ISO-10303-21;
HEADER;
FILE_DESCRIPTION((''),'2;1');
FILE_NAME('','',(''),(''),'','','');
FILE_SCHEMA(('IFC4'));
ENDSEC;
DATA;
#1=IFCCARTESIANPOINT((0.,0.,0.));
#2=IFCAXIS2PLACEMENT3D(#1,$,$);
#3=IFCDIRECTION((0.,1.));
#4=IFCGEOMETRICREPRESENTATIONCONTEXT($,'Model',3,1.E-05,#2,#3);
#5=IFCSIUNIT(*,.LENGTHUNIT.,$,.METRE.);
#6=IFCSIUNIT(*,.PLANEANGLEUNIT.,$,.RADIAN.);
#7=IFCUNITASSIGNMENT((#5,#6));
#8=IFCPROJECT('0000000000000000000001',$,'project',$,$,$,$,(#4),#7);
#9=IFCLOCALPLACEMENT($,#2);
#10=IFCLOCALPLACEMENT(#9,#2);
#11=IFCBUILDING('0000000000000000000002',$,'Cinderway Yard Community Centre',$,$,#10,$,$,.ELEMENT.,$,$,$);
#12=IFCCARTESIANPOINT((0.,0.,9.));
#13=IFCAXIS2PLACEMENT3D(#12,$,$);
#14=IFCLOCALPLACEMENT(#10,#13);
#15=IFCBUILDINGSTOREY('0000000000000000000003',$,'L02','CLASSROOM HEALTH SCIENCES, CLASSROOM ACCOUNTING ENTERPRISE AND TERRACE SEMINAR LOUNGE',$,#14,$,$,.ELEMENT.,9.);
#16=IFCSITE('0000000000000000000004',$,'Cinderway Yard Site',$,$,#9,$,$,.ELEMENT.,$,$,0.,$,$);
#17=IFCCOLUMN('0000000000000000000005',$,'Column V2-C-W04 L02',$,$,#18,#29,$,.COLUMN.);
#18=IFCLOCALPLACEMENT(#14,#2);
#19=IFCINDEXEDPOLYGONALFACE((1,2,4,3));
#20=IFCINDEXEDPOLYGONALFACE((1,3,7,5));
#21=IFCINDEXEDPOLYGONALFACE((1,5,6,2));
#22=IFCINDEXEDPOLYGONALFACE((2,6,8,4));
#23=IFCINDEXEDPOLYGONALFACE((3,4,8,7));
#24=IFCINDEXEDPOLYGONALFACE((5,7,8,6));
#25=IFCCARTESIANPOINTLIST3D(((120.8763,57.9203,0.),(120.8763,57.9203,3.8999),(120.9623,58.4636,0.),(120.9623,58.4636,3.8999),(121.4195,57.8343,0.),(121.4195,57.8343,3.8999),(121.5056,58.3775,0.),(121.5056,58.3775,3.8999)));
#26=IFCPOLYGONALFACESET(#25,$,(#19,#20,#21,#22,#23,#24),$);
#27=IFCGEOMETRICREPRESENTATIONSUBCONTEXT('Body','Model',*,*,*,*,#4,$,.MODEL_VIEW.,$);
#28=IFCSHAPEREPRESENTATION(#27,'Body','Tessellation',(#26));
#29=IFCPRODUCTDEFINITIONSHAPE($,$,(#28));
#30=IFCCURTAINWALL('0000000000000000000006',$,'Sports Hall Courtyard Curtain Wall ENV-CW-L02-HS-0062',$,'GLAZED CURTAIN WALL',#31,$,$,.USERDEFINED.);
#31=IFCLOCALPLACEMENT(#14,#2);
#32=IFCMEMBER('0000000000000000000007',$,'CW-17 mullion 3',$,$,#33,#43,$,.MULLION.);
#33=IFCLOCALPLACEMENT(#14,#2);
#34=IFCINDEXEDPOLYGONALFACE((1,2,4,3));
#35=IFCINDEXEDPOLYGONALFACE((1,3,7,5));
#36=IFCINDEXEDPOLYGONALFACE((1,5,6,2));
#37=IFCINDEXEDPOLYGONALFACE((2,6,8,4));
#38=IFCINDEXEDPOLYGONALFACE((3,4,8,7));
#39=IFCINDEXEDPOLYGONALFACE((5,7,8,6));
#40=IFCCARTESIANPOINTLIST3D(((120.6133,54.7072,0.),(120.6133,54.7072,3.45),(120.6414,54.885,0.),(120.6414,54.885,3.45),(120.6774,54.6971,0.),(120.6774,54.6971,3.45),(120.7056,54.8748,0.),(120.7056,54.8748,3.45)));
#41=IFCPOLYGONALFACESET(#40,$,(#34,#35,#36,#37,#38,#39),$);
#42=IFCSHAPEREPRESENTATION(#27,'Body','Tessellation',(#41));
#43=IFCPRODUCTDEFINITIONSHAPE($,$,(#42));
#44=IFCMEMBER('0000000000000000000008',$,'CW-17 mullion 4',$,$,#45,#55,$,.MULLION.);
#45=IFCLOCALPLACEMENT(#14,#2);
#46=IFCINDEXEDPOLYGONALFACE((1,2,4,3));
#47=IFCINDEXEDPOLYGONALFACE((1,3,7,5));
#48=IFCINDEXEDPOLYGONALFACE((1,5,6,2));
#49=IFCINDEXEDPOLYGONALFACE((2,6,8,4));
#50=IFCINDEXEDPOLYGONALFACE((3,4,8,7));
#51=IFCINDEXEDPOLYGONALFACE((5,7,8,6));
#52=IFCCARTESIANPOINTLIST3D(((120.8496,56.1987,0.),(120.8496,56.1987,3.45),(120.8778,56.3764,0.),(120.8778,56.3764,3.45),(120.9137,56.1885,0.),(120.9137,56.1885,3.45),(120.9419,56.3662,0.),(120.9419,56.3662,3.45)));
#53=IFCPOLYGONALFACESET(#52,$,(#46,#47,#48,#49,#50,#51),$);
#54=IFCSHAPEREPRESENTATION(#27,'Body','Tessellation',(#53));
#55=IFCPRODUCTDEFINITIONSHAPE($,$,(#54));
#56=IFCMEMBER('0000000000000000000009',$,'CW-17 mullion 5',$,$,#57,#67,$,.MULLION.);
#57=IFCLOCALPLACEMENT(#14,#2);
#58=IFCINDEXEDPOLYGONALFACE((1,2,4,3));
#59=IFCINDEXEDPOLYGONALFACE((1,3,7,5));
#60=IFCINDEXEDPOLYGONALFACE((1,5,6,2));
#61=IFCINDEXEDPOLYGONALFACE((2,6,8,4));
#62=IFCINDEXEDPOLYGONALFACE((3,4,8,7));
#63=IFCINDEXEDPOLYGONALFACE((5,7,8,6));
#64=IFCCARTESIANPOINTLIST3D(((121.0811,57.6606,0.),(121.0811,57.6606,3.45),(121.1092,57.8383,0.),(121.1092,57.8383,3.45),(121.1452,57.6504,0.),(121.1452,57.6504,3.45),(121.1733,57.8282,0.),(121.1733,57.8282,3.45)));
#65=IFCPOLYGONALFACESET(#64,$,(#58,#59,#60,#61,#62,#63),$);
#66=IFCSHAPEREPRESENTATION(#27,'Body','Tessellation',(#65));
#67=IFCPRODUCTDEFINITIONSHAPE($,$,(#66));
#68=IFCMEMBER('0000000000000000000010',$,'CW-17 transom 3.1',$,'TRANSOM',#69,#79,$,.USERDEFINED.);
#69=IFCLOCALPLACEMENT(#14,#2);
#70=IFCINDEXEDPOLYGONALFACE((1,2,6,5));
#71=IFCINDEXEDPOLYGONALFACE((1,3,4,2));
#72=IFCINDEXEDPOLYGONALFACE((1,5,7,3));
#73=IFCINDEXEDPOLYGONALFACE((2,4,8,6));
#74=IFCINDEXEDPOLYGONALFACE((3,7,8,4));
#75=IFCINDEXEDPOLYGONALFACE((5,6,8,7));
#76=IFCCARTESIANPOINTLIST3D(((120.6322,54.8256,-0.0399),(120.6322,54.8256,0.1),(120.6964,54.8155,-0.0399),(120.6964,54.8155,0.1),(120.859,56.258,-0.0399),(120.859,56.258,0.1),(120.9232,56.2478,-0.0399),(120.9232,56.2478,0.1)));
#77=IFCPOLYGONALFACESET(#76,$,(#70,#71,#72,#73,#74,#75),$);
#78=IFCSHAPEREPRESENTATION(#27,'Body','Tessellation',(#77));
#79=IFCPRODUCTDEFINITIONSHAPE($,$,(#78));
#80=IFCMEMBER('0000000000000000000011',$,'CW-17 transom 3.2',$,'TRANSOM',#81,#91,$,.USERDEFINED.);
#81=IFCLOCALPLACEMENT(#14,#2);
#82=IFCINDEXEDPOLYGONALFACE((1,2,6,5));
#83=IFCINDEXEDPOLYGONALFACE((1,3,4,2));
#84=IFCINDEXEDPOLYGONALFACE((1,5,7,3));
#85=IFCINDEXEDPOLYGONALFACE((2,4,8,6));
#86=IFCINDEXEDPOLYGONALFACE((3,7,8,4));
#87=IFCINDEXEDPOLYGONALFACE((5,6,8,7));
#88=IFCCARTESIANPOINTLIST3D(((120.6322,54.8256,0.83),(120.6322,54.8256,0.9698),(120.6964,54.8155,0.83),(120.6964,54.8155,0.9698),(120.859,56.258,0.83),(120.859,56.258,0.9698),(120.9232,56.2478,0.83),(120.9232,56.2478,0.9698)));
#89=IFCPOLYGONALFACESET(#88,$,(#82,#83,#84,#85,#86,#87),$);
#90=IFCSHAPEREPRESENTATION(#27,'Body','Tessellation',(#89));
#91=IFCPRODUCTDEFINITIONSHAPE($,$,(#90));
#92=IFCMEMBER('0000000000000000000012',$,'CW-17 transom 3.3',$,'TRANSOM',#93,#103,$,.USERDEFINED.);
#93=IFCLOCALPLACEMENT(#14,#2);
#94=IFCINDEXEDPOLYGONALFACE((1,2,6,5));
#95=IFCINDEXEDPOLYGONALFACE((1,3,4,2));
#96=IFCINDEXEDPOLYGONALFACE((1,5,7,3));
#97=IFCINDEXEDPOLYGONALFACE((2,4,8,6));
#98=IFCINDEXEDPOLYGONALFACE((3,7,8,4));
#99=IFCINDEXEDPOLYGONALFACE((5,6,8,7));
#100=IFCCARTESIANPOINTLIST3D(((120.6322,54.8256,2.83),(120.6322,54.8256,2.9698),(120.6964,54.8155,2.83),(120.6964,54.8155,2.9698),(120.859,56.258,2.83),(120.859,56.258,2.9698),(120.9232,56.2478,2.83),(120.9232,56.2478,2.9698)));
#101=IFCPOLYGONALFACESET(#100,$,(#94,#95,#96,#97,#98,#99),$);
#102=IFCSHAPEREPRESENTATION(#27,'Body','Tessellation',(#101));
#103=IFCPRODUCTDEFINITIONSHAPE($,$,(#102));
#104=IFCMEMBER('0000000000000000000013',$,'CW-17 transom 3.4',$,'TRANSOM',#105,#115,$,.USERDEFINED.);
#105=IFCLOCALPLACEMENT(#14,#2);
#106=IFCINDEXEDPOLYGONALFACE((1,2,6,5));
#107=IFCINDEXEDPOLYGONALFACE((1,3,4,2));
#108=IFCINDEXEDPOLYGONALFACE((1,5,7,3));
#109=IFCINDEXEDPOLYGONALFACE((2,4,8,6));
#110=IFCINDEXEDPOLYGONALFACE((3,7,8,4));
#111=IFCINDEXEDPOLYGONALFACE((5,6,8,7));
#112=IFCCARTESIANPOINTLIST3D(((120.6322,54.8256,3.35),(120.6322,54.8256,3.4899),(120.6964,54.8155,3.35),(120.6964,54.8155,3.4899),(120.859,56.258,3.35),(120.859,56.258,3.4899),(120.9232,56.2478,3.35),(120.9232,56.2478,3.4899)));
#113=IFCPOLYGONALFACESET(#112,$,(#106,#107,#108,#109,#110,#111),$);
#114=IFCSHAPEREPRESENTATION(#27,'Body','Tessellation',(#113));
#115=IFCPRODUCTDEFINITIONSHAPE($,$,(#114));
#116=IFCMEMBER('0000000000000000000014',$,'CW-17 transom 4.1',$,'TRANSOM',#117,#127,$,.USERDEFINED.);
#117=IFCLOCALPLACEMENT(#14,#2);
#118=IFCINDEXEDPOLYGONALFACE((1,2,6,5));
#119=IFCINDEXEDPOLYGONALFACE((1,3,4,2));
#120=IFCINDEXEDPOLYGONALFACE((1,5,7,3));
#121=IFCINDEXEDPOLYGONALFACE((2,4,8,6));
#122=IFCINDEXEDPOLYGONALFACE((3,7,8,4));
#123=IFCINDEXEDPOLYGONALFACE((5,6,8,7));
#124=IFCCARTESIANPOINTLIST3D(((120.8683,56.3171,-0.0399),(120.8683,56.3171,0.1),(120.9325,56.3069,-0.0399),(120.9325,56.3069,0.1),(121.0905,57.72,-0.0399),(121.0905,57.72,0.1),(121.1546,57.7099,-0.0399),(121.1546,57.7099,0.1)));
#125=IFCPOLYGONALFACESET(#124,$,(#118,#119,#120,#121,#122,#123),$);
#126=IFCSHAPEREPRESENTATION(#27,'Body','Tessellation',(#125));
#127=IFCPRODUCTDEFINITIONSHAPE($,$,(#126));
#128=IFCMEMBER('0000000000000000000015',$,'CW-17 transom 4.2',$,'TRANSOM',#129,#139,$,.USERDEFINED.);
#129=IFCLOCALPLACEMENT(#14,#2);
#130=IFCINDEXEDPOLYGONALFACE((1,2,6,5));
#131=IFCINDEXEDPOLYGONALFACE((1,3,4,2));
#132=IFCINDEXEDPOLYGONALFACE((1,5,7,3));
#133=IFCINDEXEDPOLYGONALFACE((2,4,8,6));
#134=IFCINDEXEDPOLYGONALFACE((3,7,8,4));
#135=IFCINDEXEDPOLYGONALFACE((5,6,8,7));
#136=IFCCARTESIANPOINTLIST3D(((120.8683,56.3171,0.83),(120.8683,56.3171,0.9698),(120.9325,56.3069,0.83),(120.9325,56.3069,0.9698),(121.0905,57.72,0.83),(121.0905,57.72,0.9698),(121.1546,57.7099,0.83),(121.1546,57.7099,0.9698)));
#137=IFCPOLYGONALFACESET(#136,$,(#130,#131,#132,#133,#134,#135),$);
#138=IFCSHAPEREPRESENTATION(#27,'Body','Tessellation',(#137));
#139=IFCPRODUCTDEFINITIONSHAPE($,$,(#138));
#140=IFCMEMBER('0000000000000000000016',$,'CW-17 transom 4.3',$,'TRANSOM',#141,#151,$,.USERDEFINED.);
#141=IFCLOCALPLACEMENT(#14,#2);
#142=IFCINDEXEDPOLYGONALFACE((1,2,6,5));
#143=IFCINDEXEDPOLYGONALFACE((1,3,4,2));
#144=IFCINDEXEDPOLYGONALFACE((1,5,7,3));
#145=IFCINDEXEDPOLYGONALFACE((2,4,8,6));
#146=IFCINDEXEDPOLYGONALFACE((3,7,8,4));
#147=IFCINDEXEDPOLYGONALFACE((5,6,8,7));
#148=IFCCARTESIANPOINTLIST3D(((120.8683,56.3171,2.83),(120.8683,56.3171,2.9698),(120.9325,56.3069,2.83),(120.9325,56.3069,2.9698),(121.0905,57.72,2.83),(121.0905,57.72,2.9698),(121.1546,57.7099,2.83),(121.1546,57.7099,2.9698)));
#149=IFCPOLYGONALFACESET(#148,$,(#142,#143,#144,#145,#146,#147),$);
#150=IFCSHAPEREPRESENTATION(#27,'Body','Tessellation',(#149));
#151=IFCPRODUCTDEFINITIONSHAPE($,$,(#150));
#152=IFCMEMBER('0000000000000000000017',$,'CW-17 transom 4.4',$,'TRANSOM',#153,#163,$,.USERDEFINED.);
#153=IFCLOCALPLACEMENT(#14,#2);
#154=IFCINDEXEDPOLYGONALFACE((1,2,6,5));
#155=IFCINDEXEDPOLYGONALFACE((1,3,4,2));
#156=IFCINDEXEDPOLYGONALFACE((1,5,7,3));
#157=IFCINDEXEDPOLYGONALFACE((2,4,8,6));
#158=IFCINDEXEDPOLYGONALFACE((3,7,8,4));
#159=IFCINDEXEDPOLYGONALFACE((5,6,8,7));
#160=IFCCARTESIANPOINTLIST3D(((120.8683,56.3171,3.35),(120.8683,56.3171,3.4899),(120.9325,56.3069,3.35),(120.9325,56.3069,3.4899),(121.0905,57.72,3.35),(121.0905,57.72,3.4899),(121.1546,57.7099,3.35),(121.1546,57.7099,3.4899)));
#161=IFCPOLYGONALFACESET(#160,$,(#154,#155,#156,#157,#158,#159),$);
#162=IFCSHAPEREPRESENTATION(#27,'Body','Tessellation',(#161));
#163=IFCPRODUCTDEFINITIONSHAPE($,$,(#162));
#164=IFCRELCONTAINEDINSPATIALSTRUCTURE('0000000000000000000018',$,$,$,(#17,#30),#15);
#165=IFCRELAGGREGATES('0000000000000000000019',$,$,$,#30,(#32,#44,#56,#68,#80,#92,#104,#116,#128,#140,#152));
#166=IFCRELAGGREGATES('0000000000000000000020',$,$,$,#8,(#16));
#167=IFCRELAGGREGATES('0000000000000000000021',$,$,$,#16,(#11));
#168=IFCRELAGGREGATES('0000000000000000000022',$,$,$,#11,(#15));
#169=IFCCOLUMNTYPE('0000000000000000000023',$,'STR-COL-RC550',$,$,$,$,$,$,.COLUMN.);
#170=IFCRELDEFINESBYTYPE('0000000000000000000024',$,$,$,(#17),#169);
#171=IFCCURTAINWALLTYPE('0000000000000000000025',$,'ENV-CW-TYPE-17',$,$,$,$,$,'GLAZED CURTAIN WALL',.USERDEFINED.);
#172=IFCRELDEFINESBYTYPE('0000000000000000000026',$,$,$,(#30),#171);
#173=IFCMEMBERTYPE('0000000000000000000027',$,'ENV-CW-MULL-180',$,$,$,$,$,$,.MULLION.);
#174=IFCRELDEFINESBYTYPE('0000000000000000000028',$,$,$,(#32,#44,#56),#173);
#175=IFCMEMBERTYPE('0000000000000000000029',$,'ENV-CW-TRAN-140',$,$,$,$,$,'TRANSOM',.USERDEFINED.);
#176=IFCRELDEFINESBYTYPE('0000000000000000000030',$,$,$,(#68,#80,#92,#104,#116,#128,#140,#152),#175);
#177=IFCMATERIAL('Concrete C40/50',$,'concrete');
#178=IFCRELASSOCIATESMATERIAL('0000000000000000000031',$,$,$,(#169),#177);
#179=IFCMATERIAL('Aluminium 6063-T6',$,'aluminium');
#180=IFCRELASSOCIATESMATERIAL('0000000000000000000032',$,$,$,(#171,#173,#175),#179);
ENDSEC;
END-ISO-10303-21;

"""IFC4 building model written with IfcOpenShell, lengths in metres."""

from ifc_helpers import new_model, si_unit, direction, frame, origin, origin_2d, place, context, subcontext, project, spatial, rectangle, extrude, material, material_profile, profile_set, type_object, element, aggregate, save


model = new_model("IFC4")

# Units and contexts
model_context = context("Model", 3, precision=1e-05, world=origin(), true_north=direction((0.0, 1.0)))
body_context = subcontext(model_context, "Body", "Model", "MODEL_VIEW")
ifc_project = project(units=[si_unit("LENGTHUNIT", "METRE"), si_unit("PLANEANGLEUNIT", "RADIAN")], contexts=[model_context])

# Site, building, storey
site_placement = place(None, origin())
site = spatial("IfcSite", under=ifc_project, at=site_placement, Name="Cinderway Yard Site", CompositionType="ELEMENT", RefElevation=0.0)
building_placement = place(site_placement, origin())
building = spatial("IfcBuilding", under=site, at=building_placement, Name="Cinderway Yard Community Centre", CompositionType="ELEMENT")
storey_placement = place(building_placement, frame((0.0, 0.0, 9.0)))
storey = spatial("IfcBuildingStorey", under=building, at=storey_placement, Name="L02", Description="CLASSROOM HEALTH SCIENCES, CLASSROOM ACCOUNTING ENTERPRISE AND TERRACE SEMINAR LOUNGE", CompositionType="ELEMENT", Elevation=9.0)

# Column
ifc_material_1 = material(Name="Concrete C40/50", Category="concrete")
ifc_material_profile_1 = material_profile(ifc_material_1, rectangle(XDim=0.55, YDim=0.55, at=origin_2d()), Name="Concrete C40/50")
ifc_profile_set_1 = profile_set([ifc_material_profile_1], Name="Concrete C40/50")
column_type = type_object("IfcColumnType", Name="STR-COL-RC550", PredefinedType="COLUMN", material=ifc_profile_set_1)
column_placement = place(storey_placement, frame((121.1909, 58.1489, 0.0), z_axis=(0.0, 0.0, 1.0), x_axis=(0.987688, -0.156434, 0.0)))
element("IfcColumn", 1, at=column_placement, inside=storey, type_object=column_type, Name="Column V2-C-W04 L02", PredefinedType="COLUMN", context=body_context, shape_type="SweptSolid", body=[
    extrude(rectangle(XDim=0.55, YDim=0.55, at=origin_2d()), origin(), (0.0, 0.0, 1.0), 3.8999),
])

# Curtain wall, members
ifc_material_2 = material(Name="Aluminium 6063-T6", Category="aluminium")
curtain_wall_type = type_object("IfcCurtainWallType", Name="ENV-CW-TYPE-17", ElementType="GLAZED CURTAIN WALL", PredefinedType="USERDEFINED", material=ifc_material_2)
curtain_wall_placement = place(storey_placement, origin())
curtain_wall = element("IfcCurtainWall", 2, at=curtain_wall_placement, inside=storey, type_object=curtain_wall_type, Name="Sports Hall Courtyard Curtain Wall ENV-CW-L02-HS-0062", ObjectType="GLAZED CURTAIN WALL", PredefinedType="USERDEFINED")
ifc_material_profile_2 = material_profile(ifc_material_2, rectangle(XDim=0.0649, YDim=0.1799, at=origin_2d()), Name="Aluminium 6063-T6")
ifc_profile_set_2 = profile_set([ifc_material_profile_2], Name="Aluminium 6063-T6")
member_type_1 = type_object("IfcMemberType", Name="ENV-CW-MULL-180", PredefinedType="MULLION", material=ifc_profile_set_2)
member_1_placement = place(storey_placement, frame((120.6594, 54.791, 0.0), z_axis=(0.0, 0.0, 1.0), x_axis=(-0.987686, 0.156447, 0.0)))
member_1 = element("IfcMember", 3, at=member_1_placement, type_object=member_type_1, Name="CW-17 mullion 3", PredefinedType="MULLION", context=body_context, shape_type="SweptSolid", body=[
    extrude(rectangle(XDim=0.0649, YDim=0.1799, at=origin_2d()), origin(), (0.0, 0.0, 1.0), 3.45),
])
member_2_placement = place(storey_placement, frame((120.8958, 56.2825, 0.0), z_axis=(0.0, 0.0, 1.0), x_axis=(-0.987686, 0.156447, 0.0)))
member_2 = element("IfcMember", 4, at=member_2_placement, type_object=member_type_1, Name="CW-17 mullion 4", PredefinedType="MULLION", context=body_context, shape_type="SweptSolid", body=[
    extrude(rectangle(XDim=0.0649, YDim=0.1799, at=origin_2d()), origin(), (0.0, 0.0, 1.0), 3.45),
])
member_3_placement = place(storey_placement, frame((121.1272, 57.7444, 0.0), z_axis=(0.0, 0.0, 1.0), x_axis=(-0.987686, 0.156447, 0.0)))
member_3 = element("IfcMember", 5, at=member_3_placement, type_object=member_type_1, Name="CW-17 mullion 5", PredefinedType="MULLION", context=body_context, shape_type="SweptSolid", body=[
    extrude(rectangle(XDim=0.0649, YDim=0.1799, at=origin_2d()), origin(), (0.0, 0.0, 1.0), 3.45),
])
ifc_material_profile_3 = material_profile(ifc_material_2, rectangle(XDim=0.0649, YDim=0.1399, at=origin_2d()), Name="Aluminium 6063-T6")
ifc_profile_set_3 = profile_set([ifc_material_profile_3], Name="Aluminium 6063-T6")
member_type_2 = type_object("IfcMemberType", Name="ENV-CW-TRAN-140", ElementType="TRANSOM", PredefinedType="USERDEFINED", material=ifc_profile_set_3)
member_4_placement = place(storey_placement, frame((120.6643, 54.8206, 0.03), z_axis=(0.156395, 0.987695, 0.0), x_axis=(-0.987695, 0.156395, 0.0)))
member_4 = element("IfcMember", 6, at=member_4_placement, type_object=member_type_2, Name="CW-17 transom 3.1", ObjectType="TRANSOM", PredefinedType="USERDEFINED", context=body_context, shape_type="SweptSolid", body=[
    extrude(rectangle(XDim=0.0649, YDim=0.1399, at=origin_2d()), origin(), (0.0, 0.0, 1.0), 1.4502),
])
member_5_placement = place(storey_placement, frame((120.6643, 54.8206, 0.8999), z_axis=(0.156395, 0.987695, 0.0), x_axis=(-0.987695, 0.156395, 0.0)))
member_5 = element("IfcMember", 7, at=member_5_placement, type_object=member_type_2, Name="CW-17 transom 3.2", ObjectType="TRANSOM", PredefinedType="USERDEFINED", context=body_context, shape_type="SweptSolid", body=[
    extrude(rectangle(XDim=0.0649, YDim=0.1399, at=origin_2d()), origin(), (0.0, 0.0, 1.0), 1.4502),
])
member_6_placement = place(storey_placement, frame((120.6643, 54.8206, 2.8999), z_axis=(0.156395, 0.987695, 0.0), x_axis=(-0.987695, 0.156395, 0.0)))
member_6 = element("IfcMember", 8, at=member_6_placement, type_object=member_type_2, Name="CW-17 transom 3.3", ObjectType="TRANSOM", PredefinedType="USERDEFINED", context=body_context, shape_type="SweptSolid", body=[
    extrude(rectangle(XDim=0.0649, YDim=0.1399, at=origin_2d()), origin(), (0.0, 0.0, 1.0), 1.4502),
])
member_7_placement = place(storey_placement, frame((120.6643, 54.8206, 3.4199), z_axis=(0.156395, 0.987695, 0.0), x_axis=(-0.987695, 0.156395, 0.0)))
member_7 = element("IfcMember", 9, at=member_7_placement, type_object=member_type_2, Name="CW-17 transom 3.4", ObjectType="TRANSOM", PredefinedType="USERDEFINED", context=body_context, shape_type="SweptSolid", body=[
    extrude(rectangle(XDim=0.0649, YDim=0.1399, at=origin_2d()), origin(), (0.0, 0.0, 1.0), 1.4502),
])
member_8_placement = place(storey_placement, frame((120.9004, 56.312, 0.03), z_axis=(0.156422, 0.98769, 0.0), x_axis=(-0.98769, 0.156422, 0.0)))
member_8 = element("IfcMember", 10, at=member_8_placement, type_object=member_type_2, Name="CW-17 transom 4.1", ObjectType="TRANSOM", PredefinedType="USERDEFINED", context=body_context, shape_type="SweptSolid", body=[
    extrude(rectangle(XDim=0.0649, YDim=0.1399, at=origin_2d()), origin(), (0.0, 0.0, 1.0), 1.4204),
])
member_9_placement = place(storey_placement, frame((120.9004, 56.312, 0.8999), z_axis=(0.156422, 0.98769, 0.0), x_axis=(-0.98769, 0.156422, 0.0)))
member_9 = element("IfcMember", 11, at=member_9_placement, type_object=member_type_2, Name="CW-17 transom 4.2", ObjectType="TRANSOM", PredefinedType="USERDEFINED", context=body_context, shape_type="SweptSolid", body=[
    extrude(rectangle(XDim=0.0649, YDim=0.1399, at=origin_2d()), origin(), (0.0, 0.0, 1.0), 1.4204),
])
member_10_placement = place(storey_placement, frame((120.9004, 56.312, 2.8999), z_axis=(0.156422, 0.98769, 0.0), x_axis=(-0.98769, 0.156422, 0.0)))
member_10 = element("IfcMember", 12, at=member_10_placement, type_object=member_type_2, Name="CW-17 transom 4.3", ObjectType="TRANSOM", PredefinedType="USERDEFINED", context=body_context, shape_type="SweptSolid", body=[
    extrude(rectangle(XDim=0.0649, YDim=0.1399, at=origin_2d()), origin(), (0.0, 0.0, 1.0), 1.4204),
])
member_11_placement = place(storey_placement, frame((120.9004, 56.312, 3.4199), z_axis=(0.156422, 0.98769, 0.0), x_axis=(-0.98769, 0.156422, 0.0)))
member_11 = element("IfcMember", 13, at=member_11_placement, type_object=member_type_2, Name="CW-17 transom 4.4", ObjectType="TRANSOM", PredefinedType="USERDEFINED", context=body_context, shape_type="SweptSolid", body=[
    extrude(rectangle(XDim=0.0649, YDim=0.1399, at=origin_2d()), origin(), (0.0, 0.0, 1.0), 1.4204),
])

aggregate(curtain_wall, [member_1, member_2, member_3, member_4, member_5, member_6, member_7, member_8, member_9, member_10, member_11])

save(model, "model.ifc")
